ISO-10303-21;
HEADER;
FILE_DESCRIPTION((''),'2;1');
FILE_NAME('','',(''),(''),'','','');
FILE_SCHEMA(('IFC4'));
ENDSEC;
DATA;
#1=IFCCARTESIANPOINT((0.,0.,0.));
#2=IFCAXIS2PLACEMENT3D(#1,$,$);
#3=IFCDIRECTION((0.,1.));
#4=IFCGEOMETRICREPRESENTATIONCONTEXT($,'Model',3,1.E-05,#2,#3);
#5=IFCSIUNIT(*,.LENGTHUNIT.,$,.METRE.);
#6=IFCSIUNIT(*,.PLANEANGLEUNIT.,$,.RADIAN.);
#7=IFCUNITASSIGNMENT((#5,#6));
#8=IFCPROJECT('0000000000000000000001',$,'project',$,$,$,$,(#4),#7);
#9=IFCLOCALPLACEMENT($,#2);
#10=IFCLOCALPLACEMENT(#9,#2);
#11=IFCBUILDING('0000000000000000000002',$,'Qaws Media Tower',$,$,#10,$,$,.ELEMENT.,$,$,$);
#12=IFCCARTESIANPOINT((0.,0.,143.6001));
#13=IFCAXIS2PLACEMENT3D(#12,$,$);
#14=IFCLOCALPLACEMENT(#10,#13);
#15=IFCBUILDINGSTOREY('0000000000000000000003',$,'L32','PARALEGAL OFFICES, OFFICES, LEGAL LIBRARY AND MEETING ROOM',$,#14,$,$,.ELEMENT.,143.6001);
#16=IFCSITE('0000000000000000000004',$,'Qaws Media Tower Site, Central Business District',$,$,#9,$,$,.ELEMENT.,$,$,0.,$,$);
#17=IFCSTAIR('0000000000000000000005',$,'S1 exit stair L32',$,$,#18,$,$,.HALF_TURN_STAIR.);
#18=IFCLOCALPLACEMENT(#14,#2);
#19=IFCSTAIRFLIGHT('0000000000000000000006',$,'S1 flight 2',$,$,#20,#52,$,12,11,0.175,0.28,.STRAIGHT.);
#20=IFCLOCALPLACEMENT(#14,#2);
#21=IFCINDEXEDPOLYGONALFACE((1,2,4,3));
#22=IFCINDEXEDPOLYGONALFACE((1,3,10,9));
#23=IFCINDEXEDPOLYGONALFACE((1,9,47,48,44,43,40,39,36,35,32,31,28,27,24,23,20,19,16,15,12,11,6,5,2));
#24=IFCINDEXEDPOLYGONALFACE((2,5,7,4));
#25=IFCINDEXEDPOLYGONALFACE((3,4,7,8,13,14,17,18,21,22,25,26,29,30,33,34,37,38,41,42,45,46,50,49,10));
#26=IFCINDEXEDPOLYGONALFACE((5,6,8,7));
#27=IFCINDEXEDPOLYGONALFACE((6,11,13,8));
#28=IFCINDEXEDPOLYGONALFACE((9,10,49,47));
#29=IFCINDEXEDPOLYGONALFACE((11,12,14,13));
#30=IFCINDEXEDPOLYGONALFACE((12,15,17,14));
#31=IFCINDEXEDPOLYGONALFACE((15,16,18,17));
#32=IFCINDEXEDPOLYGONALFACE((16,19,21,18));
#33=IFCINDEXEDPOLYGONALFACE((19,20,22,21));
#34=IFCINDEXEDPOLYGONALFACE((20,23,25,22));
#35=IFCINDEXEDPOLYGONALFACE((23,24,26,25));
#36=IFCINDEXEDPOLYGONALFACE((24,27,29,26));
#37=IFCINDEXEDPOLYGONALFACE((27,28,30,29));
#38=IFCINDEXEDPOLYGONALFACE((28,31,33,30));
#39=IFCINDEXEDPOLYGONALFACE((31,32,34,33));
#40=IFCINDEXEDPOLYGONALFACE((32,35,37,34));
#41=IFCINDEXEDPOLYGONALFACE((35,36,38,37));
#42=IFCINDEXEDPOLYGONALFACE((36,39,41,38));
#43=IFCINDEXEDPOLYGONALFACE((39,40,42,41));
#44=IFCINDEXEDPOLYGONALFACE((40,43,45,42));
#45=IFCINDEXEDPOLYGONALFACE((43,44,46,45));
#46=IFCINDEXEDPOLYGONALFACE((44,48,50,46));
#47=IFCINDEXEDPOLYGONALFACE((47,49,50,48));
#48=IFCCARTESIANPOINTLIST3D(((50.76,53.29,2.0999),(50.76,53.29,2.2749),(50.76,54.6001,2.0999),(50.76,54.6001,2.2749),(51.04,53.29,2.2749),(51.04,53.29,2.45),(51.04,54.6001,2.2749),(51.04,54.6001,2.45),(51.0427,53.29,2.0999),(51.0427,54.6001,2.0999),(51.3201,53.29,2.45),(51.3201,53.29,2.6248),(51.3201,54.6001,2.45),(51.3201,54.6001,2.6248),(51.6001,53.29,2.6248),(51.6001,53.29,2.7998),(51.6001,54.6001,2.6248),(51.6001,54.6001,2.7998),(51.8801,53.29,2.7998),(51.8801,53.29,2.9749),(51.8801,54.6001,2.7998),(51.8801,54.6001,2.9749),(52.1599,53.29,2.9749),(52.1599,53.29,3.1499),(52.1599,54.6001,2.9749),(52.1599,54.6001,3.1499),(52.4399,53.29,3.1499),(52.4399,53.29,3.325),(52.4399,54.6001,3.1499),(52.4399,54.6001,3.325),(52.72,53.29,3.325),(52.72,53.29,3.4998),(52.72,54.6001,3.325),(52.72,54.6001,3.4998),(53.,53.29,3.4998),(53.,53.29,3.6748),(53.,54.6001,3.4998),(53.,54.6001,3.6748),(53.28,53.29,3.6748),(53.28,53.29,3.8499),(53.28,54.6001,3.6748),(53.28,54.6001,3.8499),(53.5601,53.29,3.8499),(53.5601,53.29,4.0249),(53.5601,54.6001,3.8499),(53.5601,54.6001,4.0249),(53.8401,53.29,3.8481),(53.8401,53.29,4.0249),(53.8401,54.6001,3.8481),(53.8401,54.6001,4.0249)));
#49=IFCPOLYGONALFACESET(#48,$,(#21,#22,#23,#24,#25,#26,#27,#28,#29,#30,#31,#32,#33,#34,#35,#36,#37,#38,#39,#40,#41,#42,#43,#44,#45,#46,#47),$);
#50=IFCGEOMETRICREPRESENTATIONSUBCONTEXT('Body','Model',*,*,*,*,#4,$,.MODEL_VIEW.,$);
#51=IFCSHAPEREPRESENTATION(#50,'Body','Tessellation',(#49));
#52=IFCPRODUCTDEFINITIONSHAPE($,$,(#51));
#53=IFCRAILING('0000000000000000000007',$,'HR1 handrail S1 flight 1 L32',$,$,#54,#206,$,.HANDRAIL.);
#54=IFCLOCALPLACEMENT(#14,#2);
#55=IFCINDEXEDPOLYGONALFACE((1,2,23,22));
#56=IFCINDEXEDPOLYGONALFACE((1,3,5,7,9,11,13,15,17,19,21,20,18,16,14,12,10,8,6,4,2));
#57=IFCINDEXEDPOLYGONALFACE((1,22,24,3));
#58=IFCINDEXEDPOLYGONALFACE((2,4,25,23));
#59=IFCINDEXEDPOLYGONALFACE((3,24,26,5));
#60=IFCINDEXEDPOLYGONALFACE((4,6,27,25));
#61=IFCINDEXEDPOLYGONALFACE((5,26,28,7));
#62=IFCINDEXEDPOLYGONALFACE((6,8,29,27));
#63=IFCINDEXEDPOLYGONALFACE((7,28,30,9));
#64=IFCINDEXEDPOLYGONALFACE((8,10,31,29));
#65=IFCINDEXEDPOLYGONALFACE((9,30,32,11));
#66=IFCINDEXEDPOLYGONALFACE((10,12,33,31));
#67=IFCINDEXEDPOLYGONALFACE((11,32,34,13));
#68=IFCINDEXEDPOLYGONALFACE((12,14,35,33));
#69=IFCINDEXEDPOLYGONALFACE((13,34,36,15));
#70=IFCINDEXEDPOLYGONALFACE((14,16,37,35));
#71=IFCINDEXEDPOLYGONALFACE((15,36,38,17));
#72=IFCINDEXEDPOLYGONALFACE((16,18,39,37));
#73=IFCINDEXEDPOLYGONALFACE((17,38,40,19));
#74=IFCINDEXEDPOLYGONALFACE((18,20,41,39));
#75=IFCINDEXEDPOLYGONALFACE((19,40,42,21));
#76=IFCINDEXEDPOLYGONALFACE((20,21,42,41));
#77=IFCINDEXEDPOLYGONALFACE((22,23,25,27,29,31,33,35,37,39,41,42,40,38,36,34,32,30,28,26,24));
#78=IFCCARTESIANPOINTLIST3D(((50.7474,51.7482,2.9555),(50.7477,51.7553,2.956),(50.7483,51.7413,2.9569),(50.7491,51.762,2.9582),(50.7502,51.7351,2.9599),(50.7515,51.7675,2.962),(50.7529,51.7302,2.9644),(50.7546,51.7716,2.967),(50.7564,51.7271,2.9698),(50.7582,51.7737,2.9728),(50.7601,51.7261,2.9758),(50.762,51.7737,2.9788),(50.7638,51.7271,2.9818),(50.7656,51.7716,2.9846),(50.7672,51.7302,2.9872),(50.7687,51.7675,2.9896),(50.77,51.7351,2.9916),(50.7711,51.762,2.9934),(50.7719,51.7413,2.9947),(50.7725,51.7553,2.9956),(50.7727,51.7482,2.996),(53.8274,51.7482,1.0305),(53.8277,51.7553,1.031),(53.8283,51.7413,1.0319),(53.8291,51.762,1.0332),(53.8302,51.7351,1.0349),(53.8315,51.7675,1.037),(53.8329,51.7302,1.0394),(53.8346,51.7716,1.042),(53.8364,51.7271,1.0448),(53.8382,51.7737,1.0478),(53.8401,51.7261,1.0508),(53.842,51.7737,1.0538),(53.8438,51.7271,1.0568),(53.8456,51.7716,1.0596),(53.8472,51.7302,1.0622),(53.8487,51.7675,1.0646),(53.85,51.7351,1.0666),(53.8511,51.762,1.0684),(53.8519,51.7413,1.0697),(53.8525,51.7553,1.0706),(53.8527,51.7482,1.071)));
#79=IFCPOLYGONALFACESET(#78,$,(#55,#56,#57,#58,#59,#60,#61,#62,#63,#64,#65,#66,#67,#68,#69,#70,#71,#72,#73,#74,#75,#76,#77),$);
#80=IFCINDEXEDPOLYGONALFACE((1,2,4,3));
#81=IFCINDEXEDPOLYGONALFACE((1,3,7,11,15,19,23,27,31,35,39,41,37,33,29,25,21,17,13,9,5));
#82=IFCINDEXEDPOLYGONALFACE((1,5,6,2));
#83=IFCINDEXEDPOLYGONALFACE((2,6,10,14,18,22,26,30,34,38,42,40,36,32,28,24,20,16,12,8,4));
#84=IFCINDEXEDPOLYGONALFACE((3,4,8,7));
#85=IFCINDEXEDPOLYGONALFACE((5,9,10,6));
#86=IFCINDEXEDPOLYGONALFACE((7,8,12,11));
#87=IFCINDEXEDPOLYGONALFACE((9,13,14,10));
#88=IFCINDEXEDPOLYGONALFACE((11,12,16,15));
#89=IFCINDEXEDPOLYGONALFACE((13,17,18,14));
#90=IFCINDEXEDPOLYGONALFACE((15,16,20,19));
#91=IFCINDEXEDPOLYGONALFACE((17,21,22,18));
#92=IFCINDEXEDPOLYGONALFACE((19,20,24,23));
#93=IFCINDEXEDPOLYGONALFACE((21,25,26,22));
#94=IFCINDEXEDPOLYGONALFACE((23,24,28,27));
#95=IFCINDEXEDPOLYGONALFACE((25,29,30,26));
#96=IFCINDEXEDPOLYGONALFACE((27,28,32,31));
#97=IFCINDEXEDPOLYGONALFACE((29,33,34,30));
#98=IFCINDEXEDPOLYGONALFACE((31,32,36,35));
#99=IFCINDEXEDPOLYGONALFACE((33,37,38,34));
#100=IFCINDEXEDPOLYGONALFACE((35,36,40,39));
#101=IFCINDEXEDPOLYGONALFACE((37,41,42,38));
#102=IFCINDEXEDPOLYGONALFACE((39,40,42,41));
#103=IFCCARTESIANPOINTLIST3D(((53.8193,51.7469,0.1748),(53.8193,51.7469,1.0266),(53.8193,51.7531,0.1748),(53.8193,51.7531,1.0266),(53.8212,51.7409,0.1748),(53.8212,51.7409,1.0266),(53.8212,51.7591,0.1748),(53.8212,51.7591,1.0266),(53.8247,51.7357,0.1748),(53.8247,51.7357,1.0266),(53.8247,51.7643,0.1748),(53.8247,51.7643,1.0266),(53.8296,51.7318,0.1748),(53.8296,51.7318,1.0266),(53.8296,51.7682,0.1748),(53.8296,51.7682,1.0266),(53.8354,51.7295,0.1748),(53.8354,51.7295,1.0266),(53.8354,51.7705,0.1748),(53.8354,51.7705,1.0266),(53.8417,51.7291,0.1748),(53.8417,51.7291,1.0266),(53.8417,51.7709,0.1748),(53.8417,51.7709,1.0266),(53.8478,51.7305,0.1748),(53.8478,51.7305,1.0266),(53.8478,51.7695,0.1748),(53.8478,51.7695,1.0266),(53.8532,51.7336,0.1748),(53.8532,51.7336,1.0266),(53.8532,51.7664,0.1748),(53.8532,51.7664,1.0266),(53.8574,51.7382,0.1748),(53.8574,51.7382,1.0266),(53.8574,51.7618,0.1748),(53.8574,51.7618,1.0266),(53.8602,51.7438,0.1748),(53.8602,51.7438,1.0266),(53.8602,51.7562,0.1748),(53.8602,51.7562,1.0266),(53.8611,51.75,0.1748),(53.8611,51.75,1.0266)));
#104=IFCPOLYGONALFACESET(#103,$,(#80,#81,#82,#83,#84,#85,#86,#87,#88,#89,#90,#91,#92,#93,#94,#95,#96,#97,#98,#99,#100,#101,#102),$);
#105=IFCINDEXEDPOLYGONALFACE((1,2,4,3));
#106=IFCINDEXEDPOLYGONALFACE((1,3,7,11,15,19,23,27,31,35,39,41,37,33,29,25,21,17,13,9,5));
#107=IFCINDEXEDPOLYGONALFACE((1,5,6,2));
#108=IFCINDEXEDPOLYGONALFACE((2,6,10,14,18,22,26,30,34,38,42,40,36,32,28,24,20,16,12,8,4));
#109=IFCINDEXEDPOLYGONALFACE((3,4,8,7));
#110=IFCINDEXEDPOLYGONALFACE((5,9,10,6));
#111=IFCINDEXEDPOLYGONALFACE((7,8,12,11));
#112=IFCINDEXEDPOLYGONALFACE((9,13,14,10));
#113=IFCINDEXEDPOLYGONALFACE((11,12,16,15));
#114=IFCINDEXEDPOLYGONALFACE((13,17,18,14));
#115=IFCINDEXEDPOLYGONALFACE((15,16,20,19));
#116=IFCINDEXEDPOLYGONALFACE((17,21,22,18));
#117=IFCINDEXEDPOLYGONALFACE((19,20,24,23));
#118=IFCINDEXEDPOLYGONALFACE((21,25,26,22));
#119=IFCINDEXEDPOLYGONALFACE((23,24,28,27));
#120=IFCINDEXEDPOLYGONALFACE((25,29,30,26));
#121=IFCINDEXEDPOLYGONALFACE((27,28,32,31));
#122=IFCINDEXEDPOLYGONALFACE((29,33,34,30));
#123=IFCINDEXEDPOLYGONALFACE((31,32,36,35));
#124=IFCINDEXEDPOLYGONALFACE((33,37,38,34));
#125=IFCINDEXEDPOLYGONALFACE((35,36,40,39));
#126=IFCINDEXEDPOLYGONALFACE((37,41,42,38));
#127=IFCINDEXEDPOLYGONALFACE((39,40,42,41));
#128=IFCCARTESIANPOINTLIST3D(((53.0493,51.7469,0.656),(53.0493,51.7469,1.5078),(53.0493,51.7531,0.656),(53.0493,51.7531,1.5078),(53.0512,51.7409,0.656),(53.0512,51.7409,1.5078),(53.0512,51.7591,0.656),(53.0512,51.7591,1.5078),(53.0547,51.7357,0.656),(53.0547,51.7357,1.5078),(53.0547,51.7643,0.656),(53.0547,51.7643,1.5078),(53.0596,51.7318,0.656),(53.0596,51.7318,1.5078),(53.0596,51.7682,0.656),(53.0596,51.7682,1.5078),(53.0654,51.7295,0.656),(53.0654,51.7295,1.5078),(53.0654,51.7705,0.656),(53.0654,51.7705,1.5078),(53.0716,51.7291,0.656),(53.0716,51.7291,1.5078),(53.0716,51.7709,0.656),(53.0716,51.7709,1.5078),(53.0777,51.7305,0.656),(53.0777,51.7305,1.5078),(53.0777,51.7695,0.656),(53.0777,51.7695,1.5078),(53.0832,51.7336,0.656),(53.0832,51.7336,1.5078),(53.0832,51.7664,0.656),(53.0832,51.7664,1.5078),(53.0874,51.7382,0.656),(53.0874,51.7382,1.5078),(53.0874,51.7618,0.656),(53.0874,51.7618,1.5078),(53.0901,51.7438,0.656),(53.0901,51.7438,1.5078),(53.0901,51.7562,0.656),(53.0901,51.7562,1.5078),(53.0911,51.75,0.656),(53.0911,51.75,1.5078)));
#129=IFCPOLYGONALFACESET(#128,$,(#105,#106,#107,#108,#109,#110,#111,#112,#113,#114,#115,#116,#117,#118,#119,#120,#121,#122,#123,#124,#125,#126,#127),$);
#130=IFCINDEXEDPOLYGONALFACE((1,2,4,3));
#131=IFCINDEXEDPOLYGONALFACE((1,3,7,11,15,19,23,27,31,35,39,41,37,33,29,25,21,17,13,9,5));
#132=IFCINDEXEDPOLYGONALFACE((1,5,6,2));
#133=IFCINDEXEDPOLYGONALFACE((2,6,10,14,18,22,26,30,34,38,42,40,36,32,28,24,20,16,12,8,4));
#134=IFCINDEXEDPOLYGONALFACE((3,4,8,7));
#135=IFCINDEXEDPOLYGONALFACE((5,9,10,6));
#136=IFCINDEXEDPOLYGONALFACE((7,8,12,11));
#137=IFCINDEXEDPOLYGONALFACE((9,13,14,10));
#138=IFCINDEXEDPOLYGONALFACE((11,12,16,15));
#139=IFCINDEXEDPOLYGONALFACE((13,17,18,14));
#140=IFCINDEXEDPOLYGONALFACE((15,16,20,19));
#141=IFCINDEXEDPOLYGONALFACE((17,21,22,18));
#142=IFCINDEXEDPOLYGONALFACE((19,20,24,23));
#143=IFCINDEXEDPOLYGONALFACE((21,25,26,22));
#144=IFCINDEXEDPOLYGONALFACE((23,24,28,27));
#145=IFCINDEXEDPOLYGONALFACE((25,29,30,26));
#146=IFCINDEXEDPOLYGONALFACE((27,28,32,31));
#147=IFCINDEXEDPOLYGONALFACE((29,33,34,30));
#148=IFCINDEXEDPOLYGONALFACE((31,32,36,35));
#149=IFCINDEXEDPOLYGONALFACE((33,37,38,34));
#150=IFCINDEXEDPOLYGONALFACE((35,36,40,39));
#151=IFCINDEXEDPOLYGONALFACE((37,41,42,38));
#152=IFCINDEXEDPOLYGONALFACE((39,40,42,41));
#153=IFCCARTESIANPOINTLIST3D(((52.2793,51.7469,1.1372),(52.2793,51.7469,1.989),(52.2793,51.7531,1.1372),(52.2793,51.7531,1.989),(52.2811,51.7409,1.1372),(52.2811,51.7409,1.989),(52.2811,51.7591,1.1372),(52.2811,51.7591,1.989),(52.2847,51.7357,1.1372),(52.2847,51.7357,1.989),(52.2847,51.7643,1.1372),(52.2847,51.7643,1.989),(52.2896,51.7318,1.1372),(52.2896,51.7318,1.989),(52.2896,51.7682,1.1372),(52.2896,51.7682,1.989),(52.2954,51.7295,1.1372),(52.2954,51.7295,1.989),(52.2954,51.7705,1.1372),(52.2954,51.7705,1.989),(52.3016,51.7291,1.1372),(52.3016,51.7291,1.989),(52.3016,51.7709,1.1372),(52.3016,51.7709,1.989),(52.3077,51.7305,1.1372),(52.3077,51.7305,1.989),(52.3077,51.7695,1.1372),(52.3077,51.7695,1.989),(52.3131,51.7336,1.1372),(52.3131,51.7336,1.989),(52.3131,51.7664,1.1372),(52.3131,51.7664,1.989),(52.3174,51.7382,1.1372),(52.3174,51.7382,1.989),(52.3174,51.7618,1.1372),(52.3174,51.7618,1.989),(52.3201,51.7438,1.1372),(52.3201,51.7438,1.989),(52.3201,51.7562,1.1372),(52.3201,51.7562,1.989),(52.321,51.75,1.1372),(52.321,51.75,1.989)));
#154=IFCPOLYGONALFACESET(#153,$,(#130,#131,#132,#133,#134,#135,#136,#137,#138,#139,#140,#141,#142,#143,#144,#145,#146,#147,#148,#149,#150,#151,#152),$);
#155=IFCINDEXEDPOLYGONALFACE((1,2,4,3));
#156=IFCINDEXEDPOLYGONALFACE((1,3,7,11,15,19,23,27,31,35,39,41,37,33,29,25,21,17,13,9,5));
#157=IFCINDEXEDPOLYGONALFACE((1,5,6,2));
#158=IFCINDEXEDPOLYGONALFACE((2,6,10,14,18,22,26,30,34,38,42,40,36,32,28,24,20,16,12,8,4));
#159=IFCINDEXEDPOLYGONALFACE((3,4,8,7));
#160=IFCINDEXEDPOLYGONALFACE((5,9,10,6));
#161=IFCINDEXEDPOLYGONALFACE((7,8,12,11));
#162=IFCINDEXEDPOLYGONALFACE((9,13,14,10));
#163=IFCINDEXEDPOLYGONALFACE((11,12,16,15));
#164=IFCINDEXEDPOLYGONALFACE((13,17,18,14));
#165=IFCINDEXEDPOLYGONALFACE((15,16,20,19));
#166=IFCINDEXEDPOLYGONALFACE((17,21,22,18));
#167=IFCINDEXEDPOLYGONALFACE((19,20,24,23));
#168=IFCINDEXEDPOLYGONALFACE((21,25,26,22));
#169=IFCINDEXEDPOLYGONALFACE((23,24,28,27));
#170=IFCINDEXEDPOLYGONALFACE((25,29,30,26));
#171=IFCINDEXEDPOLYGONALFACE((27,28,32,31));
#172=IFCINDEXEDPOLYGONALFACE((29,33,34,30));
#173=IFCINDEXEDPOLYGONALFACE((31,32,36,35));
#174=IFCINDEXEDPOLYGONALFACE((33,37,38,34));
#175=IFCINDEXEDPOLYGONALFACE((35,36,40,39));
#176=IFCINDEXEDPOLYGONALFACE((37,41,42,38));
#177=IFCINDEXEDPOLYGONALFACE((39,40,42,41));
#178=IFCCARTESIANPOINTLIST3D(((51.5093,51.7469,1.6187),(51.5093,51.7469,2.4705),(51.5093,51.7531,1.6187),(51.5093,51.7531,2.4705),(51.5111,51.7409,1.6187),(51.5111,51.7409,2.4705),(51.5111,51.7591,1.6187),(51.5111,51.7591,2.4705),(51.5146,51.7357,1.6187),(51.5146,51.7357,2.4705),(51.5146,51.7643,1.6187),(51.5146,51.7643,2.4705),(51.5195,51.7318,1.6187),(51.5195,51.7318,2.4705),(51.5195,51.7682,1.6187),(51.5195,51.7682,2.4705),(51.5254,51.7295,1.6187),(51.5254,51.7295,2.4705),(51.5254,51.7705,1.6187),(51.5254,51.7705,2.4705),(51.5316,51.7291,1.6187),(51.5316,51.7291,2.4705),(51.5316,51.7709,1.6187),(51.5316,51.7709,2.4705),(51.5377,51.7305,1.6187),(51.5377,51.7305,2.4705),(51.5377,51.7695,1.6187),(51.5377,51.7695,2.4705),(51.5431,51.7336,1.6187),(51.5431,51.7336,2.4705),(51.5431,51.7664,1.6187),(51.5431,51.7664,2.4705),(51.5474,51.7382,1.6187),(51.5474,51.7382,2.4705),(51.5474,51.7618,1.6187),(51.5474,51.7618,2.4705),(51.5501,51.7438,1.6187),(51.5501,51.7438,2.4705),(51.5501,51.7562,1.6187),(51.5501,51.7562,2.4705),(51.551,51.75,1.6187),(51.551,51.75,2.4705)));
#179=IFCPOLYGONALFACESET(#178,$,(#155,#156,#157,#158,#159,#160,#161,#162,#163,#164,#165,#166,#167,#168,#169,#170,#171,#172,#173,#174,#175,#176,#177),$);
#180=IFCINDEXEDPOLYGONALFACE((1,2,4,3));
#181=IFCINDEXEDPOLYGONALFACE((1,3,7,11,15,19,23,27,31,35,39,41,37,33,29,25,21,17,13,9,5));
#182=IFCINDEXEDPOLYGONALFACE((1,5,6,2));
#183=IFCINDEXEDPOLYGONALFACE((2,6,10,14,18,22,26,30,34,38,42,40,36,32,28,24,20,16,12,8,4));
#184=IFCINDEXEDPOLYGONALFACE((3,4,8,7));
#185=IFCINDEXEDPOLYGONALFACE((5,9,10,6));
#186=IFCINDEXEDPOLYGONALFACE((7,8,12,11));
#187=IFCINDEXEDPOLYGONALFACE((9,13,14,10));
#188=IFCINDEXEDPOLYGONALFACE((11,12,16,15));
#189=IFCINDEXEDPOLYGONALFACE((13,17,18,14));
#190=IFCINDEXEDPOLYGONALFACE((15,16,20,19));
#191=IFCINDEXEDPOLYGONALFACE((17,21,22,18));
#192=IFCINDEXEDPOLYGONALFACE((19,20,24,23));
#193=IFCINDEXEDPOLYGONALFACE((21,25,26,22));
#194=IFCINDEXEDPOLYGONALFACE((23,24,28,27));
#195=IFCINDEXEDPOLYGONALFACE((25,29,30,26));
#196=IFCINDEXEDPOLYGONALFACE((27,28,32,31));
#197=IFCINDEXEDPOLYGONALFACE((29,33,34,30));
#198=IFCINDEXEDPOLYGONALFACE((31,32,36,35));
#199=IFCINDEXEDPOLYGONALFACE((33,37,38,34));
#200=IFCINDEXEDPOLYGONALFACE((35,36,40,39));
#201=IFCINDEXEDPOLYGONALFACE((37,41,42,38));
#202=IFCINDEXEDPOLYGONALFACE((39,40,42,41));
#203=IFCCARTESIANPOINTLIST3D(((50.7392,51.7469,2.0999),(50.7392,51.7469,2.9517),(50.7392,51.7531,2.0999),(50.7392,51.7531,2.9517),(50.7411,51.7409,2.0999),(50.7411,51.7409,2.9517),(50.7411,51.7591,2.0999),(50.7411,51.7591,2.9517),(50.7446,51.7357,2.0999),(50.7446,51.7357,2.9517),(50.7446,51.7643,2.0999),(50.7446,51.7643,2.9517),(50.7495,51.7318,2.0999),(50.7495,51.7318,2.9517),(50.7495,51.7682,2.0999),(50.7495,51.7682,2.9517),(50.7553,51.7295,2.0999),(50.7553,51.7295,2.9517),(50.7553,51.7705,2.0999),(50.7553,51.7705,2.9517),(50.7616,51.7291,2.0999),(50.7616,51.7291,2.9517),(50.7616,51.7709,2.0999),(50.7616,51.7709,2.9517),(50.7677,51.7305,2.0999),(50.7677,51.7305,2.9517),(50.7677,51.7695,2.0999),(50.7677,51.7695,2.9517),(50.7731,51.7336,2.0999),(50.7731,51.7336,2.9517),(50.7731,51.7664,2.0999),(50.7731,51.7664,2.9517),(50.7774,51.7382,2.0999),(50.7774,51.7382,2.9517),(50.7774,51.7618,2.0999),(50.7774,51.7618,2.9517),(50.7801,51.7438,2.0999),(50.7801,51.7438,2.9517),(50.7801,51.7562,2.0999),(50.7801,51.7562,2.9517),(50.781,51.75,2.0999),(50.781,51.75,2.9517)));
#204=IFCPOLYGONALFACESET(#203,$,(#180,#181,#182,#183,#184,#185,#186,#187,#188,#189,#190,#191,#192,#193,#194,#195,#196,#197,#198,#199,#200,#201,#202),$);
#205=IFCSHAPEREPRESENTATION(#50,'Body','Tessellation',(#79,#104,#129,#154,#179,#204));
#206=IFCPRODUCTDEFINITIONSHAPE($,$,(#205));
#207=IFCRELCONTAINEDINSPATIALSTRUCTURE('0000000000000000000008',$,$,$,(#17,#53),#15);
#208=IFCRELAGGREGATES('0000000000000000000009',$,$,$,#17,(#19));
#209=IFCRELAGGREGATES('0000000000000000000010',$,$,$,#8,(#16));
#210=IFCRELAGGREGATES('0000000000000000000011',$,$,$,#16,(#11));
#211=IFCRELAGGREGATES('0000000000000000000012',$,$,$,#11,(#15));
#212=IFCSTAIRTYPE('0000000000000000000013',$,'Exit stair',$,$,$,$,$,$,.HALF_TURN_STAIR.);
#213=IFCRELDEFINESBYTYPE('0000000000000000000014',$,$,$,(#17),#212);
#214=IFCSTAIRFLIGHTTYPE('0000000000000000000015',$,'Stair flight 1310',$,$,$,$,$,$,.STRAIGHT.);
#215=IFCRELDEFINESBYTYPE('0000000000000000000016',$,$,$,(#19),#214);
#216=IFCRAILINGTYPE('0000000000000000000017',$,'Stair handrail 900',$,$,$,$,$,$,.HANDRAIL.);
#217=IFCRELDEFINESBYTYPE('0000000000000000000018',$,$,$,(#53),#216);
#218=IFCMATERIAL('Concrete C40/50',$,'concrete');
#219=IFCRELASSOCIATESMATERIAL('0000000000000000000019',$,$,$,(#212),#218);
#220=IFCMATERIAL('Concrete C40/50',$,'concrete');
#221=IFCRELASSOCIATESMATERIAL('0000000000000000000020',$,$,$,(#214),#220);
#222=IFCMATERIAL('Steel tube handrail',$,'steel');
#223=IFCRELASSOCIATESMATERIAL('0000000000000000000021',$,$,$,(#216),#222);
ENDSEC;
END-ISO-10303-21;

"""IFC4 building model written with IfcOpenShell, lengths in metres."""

from ifc_helpers import new_model, si_unit, direction, frame, origin, origin_2d, place, context, subcontext, project, spatial, polyline, circle, outline, extrude, material, type_object, element, aggregate, save


model = new_model("IFC4")

# Units and contexts
model_context = context("Model", 3, precision=1e-05, world=origin(), true_north=direction((0.0, 1.0)))
body_context = subcontext(model_context, "Body", "Model", "MODEL_VIEW")
ifc_project = project(units=[si_unit("LENGTHUNIT", "METRE"), si_unit("PLANEANGLEUNIT", "RADIAN")], contexts=[model_context])

# Site, building, storey
site_placement = place(None, origin())
site = spatial("IfcSite", under=ifc_project, at=site_placement, Name="Qaws Media Tower Site, Central Business District", CompositionType="ELEMENT", RefElevation=0.0)
building_placement = place(site_placement, origin())
building = spatial("IfcBuilding", under=site, at=building_placement, Name="Qaws Media Tower", CompositionType="ELEMENT")
storey_placement = place(building_placement, frame((0.0, 0.0, 143.6001)))
storey = spatial("IfcBuildingStorey", under=building, at=storey_placement, Name="L32", Description="PARALEGAL OFFICES, OFFICES, LEGAL LIBRARY AND MEETING ROOM", CompositionType="ELEMENT", Elevation=143.6001)

# Stair, stair flight
ifc_material_1 = material(Name="Concrete C40/50", Category="concrete")
stair_type = type_object("IfcStairType", Name="Exit stair", PredefinedType="HALF_TURN_STAIR", material=ifc_material_1)
stair_placement = place(storey_placement, origin())
stair = element("IfcStair", 1, at=stair_placement, inside=storey, type_object=stair_type, Name="S1 exit stair L32", PredefinedType="HALF_TURN_STAIR")
ifc_material_2 = material(Name="Concrete C40/50", Category="concrete")
stair_flight_type = type_object("IfcStairFlightType", Name="Stair flight 1310", PredefinedType="STRAIGHT", material=ifc_material_2)
stair_flight_1_placement = place(storey_placement, frame((50.76, 53.9451, 2.0999), z_axis=(0.0, 0.0, 1.0), x_axis=(1.0, 0.0, 0.0)))
stair_flight_1 = element("IfcStairFlight", 2, at=stair_flight_1_placement, type_object=stair_flight_type, Name="S1 flight 2", NumberOfRisers=12, NumberOfTreads=11, PredefinedType="STRAIGHT", RiserHeight=0.175, TreadLength=0.28, context=body_context, shape_type="SweptSolid", body=[
    extrude(outline(polyline([(0.0, 0.0), (0.0, 0.175), (0.28, 0.175), (0.28, 0.3501), (0.5601, 0.3501), (0.5601, 0.5249), (0.8401, 0.5249), (0.8401, 0.7), (1.1201, 0.7), (1.1201, 0.875), (1.3999, 0.875), (1.3999, 1.05), (1.6799, 1.05), (1.6799, 1.2251), (1.96, 1.2251), (1.96, 1.3999), (2.24, 1.3999), (2.24, 1.575), (2.52, 1.575), (2.52, 1.75), (2.8, 1.75), (2.8, 1.925), (3.0801, 1.925), (3.0801, 2.1001), (3.0801, 1.7483), (0.2827, 0.0), (0.0, 0.0)])), frame((0.0, 0.655, 0.0), z_axis=(0.0, -1.0, 0.0), x_axis=(1.0, 0.0, 0.0)), (0.0, 0.0, 1.0), 1.3101),
])
aggregate(stair, [stair_flight_1])

# Railing
ifc_material_3 = material(Name="Steel tube handrail", Category="steel")
railing_type = type_object("IfcRailingType", Name="Stair handrail 900", PredefinedType="HANDRAIL", material=ifc_material_3)
for number, where, name in (
    (3, (53.8401, 51.75, 0.1748), "HR1 handrail S1 flight 1 L32"),
):
    element("IfcRailing", number, at=place(storey_placement, frame(where)), inside=storey, type_object=railing_type, Name=name, PredefinedType="HANDRAIL", context=body_context, shape_type="SweptSolid", body=[
        extrude(circle(Radius=0.0239, at=origin_2d()), frame((0.0, 0.0, 0.876), z_axis=(-0.847998, 0.0, 0.529999), x_axis=(0.0, -1.0, 0.0)), (0.0, 0.0, 1.0), 3.6321),
        extrude(circle(Radius=0.021, at=origin_2d()), origin(), (0.0, 0.0, 1.0), 0.8518),
        extrude(circle(Radius=0.021, at=origin_2d()), frame((-0.77, 0.0, 0.4812)), (0.0, 0.0, 1.0), 0.8518),
        extrude(circle(Radius=0.021, at=origin_2d()), frame((-1.54, 0.0, 0.9624)), (0.0, 0.0, 1.0), 0.8518),
        extrude(circle(Radius=0.021, at=origin_2d()), frame((-2.3101, 0.0, 1.4438)), (0.0, 0.0, 1.0), 0.8518),
        extrude(circle(Radius=0.021, at=origin_2d()), frame((-3.0801, 0.0, 1.925)), (0.0, 0.0, 1.0), 0.8518),
    ])

save(model, "model.ifc")
